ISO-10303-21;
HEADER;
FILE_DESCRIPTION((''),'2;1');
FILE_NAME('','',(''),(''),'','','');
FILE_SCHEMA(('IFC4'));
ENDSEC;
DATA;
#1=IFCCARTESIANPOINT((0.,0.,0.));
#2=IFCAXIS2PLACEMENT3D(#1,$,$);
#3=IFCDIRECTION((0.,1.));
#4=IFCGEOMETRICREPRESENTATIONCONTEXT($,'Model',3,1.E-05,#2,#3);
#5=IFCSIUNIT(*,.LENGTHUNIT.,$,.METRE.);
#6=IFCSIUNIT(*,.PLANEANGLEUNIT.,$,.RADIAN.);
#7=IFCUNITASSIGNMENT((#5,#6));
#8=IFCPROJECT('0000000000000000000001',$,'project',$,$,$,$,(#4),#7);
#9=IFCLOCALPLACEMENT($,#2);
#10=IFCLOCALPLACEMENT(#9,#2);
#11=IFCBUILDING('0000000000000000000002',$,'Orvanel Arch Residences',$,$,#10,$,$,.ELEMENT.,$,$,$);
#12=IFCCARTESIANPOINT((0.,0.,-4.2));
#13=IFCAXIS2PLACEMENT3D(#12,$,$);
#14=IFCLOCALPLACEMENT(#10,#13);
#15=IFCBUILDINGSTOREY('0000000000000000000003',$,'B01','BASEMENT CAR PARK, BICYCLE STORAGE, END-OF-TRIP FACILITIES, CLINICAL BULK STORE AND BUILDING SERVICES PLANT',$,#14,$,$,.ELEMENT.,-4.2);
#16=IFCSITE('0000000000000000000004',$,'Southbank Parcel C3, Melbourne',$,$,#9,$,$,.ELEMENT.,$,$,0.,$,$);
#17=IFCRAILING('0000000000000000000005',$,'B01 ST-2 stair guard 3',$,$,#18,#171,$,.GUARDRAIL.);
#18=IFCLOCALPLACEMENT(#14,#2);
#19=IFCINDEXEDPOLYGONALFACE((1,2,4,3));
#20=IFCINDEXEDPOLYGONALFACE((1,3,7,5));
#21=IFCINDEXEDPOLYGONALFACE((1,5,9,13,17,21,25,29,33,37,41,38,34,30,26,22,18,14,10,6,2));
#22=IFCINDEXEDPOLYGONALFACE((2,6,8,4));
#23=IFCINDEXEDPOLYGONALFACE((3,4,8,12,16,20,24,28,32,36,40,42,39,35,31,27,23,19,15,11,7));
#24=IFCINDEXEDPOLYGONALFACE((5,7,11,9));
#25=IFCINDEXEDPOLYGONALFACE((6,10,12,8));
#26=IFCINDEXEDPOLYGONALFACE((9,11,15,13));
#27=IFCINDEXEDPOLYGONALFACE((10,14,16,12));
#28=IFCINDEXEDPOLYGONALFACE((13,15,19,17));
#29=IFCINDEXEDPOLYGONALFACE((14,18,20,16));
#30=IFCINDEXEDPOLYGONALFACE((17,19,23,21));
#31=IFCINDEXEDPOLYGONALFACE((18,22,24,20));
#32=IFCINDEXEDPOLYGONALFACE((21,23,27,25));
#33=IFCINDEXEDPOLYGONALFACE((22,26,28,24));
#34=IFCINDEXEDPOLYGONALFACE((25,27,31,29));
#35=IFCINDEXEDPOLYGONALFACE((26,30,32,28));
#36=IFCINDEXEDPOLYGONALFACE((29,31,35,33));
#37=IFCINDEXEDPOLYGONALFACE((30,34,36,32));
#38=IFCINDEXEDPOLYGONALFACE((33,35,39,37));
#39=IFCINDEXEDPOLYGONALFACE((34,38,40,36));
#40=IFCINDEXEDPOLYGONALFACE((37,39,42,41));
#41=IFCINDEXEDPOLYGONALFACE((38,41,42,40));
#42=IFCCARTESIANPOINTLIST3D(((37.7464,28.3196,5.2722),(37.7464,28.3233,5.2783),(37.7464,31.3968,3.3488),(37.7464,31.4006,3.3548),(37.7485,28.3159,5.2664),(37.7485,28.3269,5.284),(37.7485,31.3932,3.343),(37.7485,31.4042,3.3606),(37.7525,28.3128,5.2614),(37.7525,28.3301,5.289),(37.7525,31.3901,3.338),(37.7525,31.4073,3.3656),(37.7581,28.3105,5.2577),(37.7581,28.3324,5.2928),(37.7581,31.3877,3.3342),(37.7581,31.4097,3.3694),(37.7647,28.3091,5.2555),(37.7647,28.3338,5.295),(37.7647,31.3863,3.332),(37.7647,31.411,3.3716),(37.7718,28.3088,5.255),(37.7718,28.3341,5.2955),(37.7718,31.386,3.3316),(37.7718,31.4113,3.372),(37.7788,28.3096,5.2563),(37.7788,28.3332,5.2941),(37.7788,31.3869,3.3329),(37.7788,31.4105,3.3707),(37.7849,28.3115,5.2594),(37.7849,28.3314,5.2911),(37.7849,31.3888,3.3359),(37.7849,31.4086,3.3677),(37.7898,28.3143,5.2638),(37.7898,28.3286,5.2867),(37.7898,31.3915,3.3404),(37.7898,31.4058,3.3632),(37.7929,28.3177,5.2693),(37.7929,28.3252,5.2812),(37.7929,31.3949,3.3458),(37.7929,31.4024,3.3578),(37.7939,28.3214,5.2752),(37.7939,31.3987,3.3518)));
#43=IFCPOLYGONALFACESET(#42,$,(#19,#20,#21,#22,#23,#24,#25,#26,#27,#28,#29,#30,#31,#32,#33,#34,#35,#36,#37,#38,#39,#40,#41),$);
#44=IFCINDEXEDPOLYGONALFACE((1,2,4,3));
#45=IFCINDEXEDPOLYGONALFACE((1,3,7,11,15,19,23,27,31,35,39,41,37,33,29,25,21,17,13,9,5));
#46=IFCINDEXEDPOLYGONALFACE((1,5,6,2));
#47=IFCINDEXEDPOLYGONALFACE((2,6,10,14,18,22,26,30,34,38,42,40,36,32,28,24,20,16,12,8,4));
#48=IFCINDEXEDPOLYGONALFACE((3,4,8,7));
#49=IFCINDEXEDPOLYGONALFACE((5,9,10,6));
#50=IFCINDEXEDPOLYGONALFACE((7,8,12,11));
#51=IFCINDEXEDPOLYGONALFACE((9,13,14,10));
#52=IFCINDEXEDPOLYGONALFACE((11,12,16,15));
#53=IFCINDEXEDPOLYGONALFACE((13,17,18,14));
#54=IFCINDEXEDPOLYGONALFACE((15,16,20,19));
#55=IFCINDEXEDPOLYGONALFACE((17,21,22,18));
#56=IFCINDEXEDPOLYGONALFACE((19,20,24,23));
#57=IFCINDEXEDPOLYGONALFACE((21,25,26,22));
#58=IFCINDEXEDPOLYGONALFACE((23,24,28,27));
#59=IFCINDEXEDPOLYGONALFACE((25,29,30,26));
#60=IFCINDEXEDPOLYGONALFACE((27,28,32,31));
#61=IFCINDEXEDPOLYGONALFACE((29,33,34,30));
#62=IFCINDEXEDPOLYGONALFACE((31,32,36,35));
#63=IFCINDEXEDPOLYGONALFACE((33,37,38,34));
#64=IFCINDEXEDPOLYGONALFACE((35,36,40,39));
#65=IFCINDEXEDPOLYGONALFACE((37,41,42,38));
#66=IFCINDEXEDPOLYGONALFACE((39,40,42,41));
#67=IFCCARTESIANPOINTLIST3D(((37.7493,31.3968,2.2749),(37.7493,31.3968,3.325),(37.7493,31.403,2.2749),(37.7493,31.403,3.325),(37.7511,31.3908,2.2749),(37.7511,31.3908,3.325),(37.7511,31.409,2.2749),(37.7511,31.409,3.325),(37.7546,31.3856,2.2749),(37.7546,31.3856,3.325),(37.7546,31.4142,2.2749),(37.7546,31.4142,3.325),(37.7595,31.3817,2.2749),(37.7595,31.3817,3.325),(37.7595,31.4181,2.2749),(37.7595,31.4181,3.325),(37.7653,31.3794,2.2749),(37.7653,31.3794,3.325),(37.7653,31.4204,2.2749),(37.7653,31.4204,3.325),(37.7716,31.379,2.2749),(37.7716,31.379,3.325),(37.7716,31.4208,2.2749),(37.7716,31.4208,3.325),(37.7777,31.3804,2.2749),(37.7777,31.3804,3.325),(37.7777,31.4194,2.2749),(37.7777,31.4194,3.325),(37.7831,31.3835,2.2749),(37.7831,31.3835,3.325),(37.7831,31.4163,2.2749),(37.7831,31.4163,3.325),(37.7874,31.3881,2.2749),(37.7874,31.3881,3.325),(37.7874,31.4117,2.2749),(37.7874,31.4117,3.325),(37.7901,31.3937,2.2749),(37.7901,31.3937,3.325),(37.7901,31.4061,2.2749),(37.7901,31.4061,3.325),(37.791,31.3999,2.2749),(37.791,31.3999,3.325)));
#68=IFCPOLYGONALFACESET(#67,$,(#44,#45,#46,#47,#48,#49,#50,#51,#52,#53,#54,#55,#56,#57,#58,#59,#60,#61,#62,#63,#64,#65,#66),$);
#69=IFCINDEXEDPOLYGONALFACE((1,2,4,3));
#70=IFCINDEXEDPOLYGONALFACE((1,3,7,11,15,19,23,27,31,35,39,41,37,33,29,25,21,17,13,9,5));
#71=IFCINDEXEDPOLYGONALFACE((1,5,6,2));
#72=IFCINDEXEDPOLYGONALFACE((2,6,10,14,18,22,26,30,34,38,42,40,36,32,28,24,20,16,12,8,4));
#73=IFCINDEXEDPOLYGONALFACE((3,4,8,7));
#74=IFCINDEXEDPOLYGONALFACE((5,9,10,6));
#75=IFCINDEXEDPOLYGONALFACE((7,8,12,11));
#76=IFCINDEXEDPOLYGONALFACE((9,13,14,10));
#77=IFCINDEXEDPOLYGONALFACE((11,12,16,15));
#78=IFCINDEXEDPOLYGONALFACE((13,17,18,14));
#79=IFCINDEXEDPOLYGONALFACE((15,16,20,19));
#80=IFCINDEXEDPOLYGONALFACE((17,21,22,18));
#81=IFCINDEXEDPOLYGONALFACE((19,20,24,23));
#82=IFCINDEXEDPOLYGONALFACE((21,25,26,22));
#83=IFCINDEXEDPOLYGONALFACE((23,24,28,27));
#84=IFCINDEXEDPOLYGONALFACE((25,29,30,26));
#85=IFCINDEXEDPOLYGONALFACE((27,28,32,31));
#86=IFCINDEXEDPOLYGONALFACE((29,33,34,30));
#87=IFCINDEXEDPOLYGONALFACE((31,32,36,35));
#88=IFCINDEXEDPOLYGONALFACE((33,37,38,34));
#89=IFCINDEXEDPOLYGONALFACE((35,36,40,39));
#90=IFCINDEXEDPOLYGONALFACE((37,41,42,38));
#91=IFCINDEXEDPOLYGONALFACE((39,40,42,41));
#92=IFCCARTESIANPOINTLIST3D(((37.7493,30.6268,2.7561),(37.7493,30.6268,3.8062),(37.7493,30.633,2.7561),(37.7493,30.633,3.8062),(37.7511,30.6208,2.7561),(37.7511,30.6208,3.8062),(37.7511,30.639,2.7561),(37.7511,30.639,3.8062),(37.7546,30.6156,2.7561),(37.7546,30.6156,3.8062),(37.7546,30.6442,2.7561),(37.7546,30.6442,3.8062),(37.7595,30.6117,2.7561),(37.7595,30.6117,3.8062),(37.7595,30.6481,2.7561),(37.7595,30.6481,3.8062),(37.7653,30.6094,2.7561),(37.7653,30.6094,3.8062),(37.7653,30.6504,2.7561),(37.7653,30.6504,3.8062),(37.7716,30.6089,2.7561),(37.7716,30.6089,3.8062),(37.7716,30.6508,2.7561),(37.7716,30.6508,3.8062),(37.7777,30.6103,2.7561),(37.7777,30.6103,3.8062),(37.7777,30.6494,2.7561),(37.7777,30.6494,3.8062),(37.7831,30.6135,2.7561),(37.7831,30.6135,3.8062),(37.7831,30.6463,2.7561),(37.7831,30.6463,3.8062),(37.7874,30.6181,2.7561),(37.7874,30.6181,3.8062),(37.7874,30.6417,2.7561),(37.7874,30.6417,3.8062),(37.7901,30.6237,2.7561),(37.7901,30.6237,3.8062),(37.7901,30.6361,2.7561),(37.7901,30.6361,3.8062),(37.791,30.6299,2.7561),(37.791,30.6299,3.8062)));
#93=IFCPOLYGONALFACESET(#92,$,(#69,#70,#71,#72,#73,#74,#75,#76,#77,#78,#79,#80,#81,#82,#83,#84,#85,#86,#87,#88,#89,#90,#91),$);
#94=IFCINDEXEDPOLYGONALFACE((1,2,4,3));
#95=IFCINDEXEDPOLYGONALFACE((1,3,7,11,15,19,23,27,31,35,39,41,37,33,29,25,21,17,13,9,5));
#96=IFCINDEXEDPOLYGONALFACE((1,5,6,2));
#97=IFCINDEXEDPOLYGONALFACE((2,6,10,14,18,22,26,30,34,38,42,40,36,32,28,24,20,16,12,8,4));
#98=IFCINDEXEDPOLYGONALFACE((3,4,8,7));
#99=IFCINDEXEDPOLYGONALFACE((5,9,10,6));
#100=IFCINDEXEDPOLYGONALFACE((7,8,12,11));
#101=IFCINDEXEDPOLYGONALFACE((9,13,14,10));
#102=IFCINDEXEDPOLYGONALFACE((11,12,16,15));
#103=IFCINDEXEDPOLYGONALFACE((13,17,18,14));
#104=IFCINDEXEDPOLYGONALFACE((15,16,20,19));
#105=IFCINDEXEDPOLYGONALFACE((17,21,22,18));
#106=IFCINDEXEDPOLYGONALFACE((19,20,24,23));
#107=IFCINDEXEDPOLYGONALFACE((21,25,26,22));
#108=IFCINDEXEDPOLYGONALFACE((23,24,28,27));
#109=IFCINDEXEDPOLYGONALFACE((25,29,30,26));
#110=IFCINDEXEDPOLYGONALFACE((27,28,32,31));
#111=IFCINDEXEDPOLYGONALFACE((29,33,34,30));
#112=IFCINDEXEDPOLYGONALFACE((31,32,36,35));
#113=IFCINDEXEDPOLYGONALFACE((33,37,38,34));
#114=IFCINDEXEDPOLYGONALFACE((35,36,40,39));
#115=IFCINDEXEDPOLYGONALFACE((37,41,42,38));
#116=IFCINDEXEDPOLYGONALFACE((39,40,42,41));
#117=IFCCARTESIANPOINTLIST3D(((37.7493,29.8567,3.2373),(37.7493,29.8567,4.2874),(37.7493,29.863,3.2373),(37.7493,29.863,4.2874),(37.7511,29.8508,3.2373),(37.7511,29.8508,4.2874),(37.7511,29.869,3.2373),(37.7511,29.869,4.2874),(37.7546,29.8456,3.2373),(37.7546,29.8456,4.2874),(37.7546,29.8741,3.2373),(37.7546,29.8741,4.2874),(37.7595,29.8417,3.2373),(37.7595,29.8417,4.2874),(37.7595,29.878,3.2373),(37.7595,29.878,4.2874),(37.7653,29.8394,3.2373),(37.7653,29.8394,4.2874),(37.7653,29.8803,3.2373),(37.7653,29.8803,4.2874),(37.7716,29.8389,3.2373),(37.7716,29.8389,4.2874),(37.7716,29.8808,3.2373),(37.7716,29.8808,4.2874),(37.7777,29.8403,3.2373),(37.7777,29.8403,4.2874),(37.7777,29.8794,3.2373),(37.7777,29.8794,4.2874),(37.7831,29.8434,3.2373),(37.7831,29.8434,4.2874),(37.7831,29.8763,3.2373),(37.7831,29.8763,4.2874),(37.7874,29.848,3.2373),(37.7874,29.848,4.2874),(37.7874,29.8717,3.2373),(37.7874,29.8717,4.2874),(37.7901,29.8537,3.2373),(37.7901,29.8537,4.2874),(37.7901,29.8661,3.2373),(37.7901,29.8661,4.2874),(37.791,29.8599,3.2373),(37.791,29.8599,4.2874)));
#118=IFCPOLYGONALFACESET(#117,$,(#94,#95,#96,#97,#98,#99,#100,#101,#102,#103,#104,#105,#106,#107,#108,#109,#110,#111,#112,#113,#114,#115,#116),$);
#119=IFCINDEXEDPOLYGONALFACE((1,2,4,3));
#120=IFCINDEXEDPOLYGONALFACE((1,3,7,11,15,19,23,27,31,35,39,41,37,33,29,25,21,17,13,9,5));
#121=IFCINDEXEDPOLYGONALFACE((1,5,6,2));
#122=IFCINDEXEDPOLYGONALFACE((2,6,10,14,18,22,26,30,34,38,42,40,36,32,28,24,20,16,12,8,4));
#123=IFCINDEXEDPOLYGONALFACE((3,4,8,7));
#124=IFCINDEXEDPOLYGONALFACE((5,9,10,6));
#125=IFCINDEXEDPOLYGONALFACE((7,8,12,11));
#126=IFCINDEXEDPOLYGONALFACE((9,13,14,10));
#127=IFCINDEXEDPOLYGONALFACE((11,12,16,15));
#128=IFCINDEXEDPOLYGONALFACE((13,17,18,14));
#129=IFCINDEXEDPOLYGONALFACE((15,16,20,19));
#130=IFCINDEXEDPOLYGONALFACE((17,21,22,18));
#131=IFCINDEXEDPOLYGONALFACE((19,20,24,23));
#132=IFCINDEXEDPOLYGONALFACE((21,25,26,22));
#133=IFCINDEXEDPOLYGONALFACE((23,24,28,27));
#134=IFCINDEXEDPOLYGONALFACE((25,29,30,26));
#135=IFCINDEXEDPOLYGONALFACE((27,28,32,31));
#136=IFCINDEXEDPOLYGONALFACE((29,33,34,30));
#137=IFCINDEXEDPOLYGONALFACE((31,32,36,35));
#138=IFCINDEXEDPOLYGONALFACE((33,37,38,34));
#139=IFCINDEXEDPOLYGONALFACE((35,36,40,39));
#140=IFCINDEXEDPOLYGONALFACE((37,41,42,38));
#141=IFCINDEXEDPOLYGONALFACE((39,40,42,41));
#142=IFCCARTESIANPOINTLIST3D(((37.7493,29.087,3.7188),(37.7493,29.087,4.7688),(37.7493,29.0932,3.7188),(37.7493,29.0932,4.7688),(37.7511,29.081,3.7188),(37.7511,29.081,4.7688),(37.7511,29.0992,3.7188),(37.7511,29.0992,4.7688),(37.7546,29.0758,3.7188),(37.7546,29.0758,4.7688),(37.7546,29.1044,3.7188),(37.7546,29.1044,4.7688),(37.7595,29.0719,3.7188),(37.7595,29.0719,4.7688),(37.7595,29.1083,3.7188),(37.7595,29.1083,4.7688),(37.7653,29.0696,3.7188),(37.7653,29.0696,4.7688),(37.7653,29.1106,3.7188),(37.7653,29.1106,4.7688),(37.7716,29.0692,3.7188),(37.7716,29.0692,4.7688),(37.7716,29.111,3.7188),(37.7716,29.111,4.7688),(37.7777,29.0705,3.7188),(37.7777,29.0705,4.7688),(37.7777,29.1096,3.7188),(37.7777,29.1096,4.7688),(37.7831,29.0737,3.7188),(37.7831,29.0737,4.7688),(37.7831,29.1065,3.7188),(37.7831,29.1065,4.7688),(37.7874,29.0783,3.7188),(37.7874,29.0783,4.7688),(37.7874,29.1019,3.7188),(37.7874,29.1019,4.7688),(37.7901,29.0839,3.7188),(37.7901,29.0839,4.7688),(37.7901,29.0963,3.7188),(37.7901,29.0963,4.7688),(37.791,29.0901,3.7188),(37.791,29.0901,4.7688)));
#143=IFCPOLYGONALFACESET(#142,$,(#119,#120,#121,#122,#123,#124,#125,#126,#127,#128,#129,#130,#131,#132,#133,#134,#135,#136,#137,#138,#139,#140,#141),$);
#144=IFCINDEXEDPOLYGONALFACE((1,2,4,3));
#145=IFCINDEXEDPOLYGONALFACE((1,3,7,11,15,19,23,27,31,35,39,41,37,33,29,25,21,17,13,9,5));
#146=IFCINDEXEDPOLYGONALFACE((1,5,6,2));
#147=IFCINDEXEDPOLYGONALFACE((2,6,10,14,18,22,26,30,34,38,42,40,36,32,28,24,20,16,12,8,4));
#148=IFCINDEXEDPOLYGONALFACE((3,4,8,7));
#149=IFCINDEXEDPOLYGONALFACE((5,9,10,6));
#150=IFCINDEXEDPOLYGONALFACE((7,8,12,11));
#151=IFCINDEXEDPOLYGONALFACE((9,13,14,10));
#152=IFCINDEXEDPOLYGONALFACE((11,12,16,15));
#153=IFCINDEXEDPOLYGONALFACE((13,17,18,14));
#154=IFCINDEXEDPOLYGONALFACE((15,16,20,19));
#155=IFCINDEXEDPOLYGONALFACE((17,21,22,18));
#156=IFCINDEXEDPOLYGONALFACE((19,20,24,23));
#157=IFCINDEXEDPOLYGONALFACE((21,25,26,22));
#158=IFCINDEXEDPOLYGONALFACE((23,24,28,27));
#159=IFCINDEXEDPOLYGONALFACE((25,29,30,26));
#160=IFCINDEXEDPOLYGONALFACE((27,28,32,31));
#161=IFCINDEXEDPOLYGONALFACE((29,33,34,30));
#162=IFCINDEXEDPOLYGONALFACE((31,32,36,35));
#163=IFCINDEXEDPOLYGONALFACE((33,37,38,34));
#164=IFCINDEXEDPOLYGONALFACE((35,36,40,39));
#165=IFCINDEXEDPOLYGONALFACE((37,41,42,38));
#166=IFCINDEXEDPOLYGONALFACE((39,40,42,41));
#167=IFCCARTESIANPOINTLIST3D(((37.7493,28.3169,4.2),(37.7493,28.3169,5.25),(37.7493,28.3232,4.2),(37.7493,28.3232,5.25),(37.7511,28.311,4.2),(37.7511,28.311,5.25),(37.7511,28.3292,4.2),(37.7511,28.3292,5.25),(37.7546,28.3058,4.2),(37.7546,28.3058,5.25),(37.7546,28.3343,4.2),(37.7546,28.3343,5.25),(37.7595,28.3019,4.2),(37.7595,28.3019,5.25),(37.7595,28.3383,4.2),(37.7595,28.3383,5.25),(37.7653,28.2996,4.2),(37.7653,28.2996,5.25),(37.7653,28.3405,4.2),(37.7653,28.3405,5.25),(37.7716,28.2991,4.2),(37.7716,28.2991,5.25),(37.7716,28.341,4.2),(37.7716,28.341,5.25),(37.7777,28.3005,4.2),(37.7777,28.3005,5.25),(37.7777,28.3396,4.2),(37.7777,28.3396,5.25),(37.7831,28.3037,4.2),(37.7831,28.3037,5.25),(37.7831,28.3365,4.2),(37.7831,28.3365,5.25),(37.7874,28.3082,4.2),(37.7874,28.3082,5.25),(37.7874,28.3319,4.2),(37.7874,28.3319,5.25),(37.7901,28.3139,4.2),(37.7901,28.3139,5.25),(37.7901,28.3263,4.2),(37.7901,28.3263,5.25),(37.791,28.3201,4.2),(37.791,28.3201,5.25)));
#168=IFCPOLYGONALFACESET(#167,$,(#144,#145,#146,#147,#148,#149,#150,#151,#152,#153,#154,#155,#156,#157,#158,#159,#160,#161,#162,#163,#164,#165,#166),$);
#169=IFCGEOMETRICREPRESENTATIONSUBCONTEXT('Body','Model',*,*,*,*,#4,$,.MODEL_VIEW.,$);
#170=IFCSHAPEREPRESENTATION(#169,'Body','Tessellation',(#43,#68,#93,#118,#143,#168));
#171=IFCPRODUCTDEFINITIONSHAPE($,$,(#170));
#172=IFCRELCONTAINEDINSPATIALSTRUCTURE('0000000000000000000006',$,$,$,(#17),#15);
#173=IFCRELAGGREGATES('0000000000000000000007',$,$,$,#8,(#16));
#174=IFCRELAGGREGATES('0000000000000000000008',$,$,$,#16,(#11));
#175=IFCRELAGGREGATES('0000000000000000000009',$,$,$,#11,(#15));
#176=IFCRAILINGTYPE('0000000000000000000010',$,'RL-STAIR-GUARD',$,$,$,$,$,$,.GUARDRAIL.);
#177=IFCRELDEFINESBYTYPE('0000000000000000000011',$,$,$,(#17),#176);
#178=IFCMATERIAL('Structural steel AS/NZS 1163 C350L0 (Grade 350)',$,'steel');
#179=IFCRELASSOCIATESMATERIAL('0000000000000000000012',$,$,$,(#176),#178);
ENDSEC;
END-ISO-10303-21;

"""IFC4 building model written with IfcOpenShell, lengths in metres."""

from ifc_helpers import new_model, si_unit, direction, frame, origin, origin_2d, place, context, subcontext, project, spatial, circle, extrude, material, type_object, element, save


model = new_model("IFC4")

# Units and contexts
model_context = context("Model", 3, precision=1e-05, world=origin(), true_north=direction((0.0, 1.0)))
body_context = subcontext(model_context, "Body", "Model", "MODEL_VIEW")
ifc_project = project(units=[si_unit("LENGTHUNIT", "METRE"), si_unit("PLANEANGLEUNIT", "RADIAN")], contexts=[model_context])

# Site, building, storey
site_placement = place(None, origin())
site = spatial("IfcSite", under=ifc_project, at=site_placement, Name="Southbank Parcel C3, Melbourne", CompositionType="ELEMENT", RefElevation=0.0)
building_placement = place(site_placement, origin())
building = spatial("IfcBuilding", under=site, at=building_placement, Name="Orvanel Arch Residences", CompositionType="ELEMENT")
storey_placement = place(building_placement, frame((0.0, 0.0, -4.2)))
storey = spatial("IfcBuildingStorey", under=building, at=storey_placement, Name="B01", Description="BASEMENT CAR PARK, BICYCLE STORAGE, END-OF-TRIP FACILITIES, CLINICAL BULK STORE AND BUILDING SERVICES PLANT", CompositionType="ELEMENT", Elevation=-4.2)

# Shared definitions
ifc_material_1 = material(Name="Structural steel AS/NZS 1163 C350L0 (Grade 350)", Category="steel")

# Railing
railing_type_1 = type_object("IfcRailingType", Name="RL-STAIR-GUARD", PredefinedType="GUARDRAIL", material=ifc_material_1)
railing_1_placement = place(storey_placement, frame((37.77, 31.3999, 2.2749)))
element("IfcRailing", 1, at=railing_1_placement, inside=storey, type_object=railing_type_1, Name="B01 ST-2 stair guard 3", PredefinedType="GUARDRAIL", context=body_context, shape_type="SweptSolid", body=[
    extrude(circle(Radius=0.0239, at=origin_2d()), frame((0.0, -0.0012, 1.0769), z_axis=(0.0, -0.847979, 0.530029), x_axis=(1.0, 0.0, 0.0)), (0.0, 0.0, 1.0), 3.6289),
    extrude(circle(Radius=0.021, at=origin_2d()), origin(), (0.0, 0.0, 1.0), 1.05),
    extrude(circle(Radius=0.021, at=origin_2d()), frame((0.0, -0.77, 0.4812)), (0.0, 0.0, 1.0), 1.05),
    extrude(circle(Radius=0.021, at=origin_2d()), frame((0.0, -1.54, 0.9624)), (0.0, 0.0, 1.0), 1.05),
    extrude(circle(Radius=0.021, at=origin_2d()), frame((0.0, -2.3098, 1.4438)), (0.0, 0.0, 1.0), 1.05),
    extrude(circle(Radius=0.021, at=origin_2d()), frame((0.0, -3.0798, 1.925)), (0.0, 0.0, 1.0), 1.05),
])

save(model, "model.ifc")
